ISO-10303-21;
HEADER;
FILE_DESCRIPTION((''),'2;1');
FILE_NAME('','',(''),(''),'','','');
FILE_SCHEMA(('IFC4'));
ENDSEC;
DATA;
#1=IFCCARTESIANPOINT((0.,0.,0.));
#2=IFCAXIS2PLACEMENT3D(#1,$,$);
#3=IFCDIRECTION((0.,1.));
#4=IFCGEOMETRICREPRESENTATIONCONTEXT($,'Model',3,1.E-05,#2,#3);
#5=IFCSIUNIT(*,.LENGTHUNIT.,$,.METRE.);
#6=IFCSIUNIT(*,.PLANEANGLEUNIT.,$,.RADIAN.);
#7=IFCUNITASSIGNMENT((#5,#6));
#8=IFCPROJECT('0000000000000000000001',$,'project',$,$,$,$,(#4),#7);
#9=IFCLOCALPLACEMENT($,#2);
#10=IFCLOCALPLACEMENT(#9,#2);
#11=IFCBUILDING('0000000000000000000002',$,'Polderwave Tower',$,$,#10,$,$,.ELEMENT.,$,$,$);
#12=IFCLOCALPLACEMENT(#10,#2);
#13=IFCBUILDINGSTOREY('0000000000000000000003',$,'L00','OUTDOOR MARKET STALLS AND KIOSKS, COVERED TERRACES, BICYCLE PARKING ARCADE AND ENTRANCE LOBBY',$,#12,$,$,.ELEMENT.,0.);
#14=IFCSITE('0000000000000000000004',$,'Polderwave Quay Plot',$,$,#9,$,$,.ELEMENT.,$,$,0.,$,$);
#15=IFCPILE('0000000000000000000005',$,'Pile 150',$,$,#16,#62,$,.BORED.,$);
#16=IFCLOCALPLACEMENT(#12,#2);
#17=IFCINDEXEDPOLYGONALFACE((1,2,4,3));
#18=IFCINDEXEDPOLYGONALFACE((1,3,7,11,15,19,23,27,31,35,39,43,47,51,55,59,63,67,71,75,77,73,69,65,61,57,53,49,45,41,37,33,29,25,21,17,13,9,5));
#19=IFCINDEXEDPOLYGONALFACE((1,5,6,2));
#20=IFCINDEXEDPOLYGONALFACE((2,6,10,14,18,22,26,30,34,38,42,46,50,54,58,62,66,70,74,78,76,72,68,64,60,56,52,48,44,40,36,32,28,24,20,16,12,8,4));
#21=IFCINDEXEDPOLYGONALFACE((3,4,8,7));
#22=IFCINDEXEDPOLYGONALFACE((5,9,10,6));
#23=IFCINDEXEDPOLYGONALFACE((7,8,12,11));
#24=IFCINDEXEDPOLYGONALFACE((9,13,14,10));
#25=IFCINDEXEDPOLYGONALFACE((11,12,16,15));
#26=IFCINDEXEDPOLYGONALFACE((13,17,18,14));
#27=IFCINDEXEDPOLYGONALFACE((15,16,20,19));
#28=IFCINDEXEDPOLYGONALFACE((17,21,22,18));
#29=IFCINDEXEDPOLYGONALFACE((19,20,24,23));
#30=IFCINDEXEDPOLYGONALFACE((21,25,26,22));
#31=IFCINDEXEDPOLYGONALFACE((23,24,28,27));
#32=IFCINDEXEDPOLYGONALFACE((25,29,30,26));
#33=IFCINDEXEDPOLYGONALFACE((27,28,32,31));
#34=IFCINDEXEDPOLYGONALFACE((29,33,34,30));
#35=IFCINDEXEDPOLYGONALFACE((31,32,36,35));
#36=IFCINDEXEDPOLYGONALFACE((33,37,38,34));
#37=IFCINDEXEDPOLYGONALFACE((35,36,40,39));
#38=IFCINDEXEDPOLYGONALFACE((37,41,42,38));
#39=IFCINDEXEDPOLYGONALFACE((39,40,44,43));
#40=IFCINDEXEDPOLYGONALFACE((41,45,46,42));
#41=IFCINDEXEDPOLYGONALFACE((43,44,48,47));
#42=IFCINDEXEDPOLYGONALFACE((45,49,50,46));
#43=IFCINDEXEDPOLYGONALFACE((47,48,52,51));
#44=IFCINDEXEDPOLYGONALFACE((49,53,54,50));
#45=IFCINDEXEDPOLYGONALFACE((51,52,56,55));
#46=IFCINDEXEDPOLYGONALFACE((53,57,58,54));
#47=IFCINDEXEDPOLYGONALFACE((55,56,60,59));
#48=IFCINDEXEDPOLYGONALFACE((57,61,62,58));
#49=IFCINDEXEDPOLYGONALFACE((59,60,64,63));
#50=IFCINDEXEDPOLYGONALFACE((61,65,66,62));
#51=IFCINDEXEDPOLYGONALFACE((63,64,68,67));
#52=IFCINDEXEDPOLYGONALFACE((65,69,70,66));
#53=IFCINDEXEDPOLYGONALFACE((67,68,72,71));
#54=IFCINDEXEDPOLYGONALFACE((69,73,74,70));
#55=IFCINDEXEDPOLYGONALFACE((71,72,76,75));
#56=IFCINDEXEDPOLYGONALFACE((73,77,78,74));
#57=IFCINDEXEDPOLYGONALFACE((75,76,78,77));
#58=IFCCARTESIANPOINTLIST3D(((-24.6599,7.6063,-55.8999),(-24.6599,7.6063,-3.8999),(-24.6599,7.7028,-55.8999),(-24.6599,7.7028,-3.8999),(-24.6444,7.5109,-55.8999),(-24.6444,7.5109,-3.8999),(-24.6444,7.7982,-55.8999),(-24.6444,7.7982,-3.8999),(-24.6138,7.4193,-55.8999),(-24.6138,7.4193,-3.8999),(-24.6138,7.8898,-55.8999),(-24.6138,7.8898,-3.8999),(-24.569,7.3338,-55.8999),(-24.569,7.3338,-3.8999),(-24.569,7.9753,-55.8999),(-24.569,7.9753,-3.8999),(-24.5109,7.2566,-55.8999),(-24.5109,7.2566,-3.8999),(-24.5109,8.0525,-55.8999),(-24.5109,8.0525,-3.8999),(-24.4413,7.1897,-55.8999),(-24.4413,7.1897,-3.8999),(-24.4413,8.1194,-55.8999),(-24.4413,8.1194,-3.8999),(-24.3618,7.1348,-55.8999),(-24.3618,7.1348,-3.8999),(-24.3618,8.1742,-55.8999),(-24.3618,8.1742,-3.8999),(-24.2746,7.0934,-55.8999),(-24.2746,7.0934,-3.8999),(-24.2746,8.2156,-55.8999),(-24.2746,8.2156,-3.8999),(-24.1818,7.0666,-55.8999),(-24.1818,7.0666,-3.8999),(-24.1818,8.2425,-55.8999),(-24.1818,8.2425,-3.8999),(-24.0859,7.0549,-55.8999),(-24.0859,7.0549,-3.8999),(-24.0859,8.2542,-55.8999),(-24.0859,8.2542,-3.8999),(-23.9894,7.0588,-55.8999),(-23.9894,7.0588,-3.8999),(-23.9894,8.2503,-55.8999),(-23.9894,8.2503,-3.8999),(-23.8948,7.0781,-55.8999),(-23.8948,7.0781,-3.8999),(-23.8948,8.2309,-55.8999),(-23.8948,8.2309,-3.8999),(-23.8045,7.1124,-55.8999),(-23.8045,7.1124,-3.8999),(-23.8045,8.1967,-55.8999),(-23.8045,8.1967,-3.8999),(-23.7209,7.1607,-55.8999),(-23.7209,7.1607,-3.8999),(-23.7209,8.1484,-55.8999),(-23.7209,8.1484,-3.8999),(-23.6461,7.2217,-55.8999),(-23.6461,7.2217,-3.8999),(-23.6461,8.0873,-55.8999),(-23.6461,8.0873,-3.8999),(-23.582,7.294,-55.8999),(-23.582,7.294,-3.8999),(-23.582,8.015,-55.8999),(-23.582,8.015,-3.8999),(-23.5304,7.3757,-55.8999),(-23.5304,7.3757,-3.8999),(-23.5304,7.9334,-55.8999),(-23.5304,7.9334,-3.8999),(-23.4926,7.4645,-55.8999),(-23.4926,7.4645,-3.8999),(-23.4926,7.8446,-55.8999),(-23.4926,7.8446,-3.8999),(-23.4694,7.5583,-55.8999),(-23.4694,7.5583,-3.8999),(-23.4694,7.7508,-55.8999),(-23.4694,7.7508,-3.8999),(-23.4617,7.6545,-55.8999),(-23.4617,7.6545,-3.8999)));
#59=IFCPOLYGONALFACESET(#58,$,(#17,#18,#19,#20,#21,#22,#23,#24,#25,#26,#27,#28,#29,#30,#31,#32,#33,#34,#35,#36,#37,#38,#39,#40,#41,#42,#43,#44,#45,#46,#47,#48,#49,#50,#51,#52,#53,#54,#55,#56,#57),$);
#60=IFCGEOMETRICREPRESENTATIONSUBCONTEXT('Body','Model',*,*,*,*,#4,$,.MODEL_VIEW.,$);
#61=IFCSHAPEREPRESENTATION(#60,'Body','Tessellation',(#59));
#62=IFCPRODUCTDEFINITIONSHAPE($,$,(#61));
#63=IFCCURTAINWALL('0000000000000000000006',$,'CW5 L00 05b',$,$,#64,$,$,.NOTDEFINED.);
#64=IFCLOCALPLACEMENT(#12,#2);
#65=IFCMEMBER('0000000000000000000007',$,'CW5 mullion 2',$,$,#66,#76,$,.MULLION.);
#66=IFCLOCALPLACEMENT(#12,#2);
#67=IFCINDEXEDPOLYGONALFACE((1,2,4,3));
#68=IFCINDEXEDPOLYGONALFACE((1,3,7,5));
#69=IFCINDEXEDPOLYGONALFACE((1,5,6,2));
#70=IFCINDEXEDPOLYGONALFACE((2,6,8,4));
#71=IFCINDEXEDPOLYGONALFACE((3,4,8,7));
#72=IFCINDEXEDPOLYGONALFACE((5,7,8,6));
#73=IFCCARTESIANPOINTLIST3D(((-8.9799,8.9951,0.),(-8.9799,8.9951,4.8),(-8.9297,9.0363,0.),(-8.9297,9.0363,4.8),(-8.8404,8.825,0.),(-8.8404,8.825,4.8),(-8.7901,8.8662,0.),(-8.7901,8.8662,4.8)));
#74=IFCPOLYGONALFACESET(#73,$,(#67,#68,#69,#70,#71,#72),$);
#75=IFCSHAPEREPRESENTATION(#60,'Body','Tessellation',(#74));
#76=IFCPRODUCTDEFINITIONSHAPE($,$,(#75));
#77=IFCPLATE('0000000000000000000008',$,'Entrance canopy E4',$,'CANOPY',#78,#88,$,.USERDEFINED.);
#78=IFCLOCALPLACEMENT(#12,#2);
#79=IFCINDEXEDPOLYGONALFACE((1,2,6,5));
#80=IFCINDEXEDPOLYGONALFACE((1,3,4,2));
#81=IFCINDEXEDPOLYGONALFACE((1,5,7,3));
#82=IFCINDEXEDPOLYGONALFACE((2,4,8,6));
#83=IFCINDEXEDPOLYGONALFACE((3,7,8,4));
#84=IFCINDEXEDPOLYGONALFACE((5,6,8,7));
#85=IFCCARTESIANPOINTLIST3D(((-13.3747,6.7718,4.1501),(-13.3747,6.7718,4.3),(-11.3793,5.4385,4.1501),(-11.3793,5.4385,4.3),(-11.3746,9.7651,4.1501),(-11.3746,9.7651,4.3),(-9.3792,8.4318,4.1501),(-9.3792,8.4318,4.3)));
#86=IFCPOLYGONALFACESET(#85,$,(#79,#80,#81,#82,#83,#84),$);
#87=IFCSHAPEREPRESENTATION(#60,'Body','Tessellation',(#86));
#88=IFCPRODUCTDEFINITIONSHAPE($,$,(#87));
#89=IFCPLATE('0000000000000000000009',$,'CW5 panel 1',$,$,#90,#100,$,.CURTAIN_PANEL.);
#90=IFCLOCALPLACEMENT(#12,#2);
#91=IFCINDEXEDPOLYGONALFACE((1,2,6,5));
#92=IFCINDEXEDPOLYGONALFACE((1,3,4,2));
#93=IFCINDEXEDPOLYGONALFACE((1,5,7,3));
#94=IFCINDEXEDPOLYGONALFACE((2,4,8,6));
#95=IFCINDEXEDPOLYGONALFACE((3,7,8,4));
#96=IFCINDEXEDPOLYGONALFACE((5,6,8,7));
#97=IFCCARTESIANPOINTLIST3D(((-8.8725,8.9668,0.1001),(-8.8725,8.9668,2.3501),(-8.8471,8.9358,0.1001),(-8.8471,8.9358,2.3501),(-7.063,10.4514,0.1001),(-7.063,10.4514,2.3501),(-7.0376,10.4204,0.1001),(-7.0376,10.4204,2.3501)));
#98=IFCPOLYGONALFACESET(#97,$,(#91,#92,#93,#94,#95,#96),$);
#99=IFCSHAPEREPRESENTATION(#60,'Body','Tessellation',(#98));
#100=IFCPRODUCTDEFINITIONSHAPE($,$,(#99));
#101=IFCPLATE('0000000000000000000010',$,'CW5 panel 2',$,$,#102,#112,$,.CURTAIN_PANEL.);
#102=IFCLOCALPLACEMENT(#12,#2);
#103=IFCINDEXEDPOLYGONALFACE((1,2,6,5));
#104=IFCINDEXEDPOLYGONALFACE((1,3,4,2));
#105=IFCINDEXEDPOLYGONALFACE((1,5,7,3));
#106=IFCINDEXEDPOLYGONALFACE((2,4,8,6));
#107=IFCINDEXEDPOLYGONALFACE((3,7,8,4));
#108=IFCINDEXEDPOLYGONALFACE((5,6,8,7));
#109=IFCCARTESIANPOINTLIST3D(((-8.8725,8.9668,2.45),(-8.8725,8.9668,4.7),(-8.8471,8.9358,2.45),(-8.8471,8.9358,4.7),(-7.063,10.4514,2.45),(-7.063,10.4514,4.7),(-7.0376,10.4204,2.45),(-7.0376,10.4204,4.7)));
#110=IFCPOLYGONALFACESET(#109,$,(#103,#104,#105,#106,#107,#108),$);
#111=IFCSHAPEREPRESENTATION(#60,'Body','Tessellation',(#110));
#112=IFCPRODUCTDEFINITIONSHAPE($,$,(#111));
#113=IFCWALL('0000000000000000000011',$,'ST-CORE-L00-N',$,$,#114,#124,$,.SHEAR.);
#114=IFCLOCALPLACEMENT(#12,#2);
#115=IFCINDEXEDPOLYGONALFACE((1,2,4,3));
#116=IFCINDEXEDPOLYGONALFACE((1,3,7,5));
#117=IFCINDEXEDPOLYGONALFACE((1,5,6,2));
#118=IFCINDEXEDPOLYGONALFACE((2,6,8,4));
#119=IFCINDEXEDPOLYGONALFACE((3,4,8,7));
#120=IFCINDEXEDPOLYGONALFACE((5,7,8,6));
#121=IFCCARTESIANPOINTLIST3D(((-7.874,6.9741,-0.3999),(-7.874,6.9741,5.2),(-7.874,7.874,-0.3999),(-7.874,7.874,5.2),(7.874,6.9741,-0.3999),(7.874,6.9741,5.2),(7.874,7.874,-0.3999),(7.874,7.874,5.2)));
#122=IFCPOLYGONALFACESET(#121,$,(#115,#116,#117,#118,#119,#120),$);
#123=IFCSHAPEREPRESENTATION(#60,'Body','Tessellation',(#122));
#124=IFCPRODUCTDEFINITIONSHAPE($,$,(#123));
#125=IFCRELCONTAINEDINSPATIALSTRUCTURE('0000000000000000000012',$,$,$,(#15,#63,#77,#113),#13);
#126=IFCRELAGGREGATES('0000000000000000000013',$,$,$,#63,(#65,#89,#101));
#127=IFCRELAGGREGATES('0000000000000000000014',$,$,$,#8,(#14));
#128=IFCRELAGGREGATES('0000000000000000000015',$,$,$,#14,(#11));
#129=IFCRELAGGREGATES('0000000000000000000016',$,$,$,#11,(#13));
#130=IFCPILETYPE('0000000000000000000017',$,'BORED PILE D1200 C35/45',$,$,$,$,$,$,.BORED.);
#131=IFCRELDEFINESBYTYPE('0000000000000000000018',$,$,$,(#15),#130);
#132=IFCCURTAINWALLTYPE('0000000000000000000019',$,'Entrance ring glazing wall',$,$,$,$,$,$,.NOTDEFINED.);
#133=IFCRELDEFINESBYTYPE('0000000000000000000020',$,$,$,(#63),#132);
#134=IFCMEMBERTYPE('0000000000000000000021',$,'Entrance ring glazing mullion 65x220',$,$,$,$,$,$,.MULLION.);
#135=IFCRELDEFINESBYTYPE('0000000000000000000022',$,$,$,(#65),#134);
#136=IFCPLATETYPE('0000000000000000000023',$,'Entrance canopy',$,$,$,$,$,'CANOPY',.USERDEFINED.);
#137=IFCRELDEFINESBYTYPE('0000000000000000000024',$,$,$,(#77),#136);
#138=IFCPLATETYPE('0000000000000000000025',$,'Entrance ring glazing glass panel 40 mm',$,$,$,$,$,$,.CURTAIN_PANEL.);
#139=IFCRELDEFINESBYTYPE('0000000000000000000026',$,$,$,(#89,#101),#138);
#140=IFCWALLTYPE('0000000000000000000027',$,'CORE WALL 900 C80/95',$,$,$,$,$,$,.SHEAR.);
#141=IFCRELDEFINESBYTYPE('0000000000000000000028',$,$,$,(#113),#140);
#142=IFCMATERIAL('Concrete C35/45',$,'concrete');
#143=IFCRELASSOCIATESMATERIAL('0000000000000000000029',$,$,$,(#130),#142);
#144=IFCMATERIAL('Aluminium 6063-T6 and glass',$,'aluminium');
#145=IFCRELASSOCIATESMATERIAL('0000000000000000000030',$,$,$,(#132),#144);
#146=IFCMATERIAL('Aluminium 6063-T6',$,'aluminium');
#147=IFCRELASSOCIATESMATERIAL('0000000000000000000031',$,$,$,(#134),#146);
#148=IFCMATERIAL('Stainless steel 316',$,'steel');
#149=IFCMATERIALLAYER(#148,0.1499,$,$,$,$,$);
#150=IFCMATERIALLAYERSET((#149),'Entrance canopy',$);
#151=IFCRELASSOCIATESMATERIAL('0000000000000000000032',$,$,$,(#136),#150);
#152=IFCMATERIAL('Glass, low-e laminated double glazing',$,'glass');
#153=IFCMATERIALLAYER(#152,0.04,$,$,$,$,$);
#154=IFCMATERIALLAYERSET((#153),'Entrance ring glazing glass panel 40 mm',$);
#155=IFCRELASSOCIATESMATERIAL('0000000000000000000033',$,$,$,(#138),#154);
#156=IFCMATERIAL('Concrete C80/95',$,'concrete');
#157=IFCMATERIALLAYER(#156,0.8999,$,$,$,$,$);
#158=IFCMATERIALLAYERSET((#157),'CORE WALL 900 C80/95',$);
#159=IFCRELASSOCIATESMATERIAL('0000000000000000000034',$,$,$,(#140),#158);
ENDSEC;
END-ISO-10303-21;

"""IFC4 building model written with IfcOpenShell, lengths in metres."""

from ifc_helpers import new_model, si_unit, direction, frame, frame_2d, origin, origin_2d, place, context, subcontext, project, spatial, rectangle, circle, extrude, material, layer, layer_set, material_profile, profile_set, type_object, element, aggregate, save


model = new_model("IFC4")

# Units and contexts
model_context = context("Model", 3, precision=1e-05, world=origin(), true_north=direction((0.0, 1.0)))
body_context = subcontext(model_context, "Body", "Model", "MODEL_VIEW")
ifc_project = project(units=[si_unit("LENGTHUNIT", "METRE"), si_unit("PLANEANGLEUNIT", "RADIAN")], contexts=[model_context])

# Site, building, storey
site_placement = place(None, origin())
site = spatial("IfcSite", under=ifc_project, at=site_placement, Name="Polderwave Quay Plot", CompositionType="ELEMENT", RefElevation=0.0)
building_placement = place(site_placement, origin())
building = spatial("IfcBuilding", under=site, at=building_placement, Name="Polderwave Tower", CompositionType="ELEMENT")
storey_placement = place(building_placement, origin())
storey = spatial("IfcBuildingStorey", under=building, at=storey_placement, Name="L00", Description="OUTDOOR MARKET STALLS AND KIOSKS, COVERED TERRACES, BICYCLE PARKING ARCADE AND ENTRANCE LOBBY", CompositionType="ELEMENT", Elevation=0.0)

# Pile
ifc_material_1 = material(Name="Concrete C35/45", Category="concrete")
ifc_material_profile_1 = material_profile(ifc_material_1, circle(Radius=0.6001, at=origin_2d()), Name="BORED D1200")
ifc_profile_set_1 = profile_set([ifc_material_profile_1], Name="Concrete C35/45")
pile_type = type_object("IfcPileType", Name="BORED PILE D1200 C35/45", PredefinedType="BORED", material=ifc_profile_set_1)
for number, where, z_axis, x_axis, name in (
    (1, (-24.0618, 7.6545, -3.8999), (0.0, 0.0, -1.0), (1.0, 0.0, 0.0), "Pile 150"),
):
    element("IfcPile", number, at=place(storey_placement, frame(where, z_axis=z_axis, x_axis=x_axis)), inside=storey, type_object=pile_type, Name=name, PredefinedType="BORED", context=body_context, shape_type="SweptSolid", body=[
        extrude(circle(Radius=0.6001, at=origin_2d()), origin(), (0.0, 0.0, 1.0), 52.0),
    ])

# Shared definitions
ifc_material_2 = material(Name="Concrete C80/95", Category="concrete")

# Curtain wall, member
ifc_material_3 = material(Name="Aluminium 6063-T6 and glass", Category="aluminium")
curtain_wall_type = type_object("IfcCurtainWallType", Name="Entrance ring glazing wall", PredefinedType="NOTDEFINED", material=ifc_material_3)
curtain_wall_placement = place(storey_placement, origin())
curtain_wall = element("IfcCurtainWall", 2, at=curtain_wall_placement, inside=storey, type_object=curtain_wall_type, Name="CW5 L00 05b", PredefinedType="NOTDEFINED")
ifc_material_4 = material(Name="Aluminium 6063-T6", Category="aluminium")
ifc_material_profile_2 = material_profile(ifc_material_4, rectangle(XDim=0.22, YDim=0.0649, at=origin_2d()), Name="AL 65x220")
ifc_profile_set_2 = profile_set([ifc_material_profile_2], Name="Aluminium 6063-T6")
member_type = type_object("IfcMemberType", Name="Entrance ring glazing mullion 65x220", PredefinedType="MULLION", material=ifc_profile_set_2)
member_placement = place(storey_placement, frame((-8.885, 8.9307, 0.0), z_axis=(0.0, 0.0, 1.0), x_axis=(0.634273, -0.773109, 0.0)))
member = element("IfcMember", 3, at=member_placement, type_object=member_type, Name="CW5 mullion 2", PredefinedType="MULLION", context=body_context, shape_type="SweptSolid", body=[
    extrude(rectangle(XDim=0.22, YDim=0.0649, at=origin_2d()), origin(), (0.0, 0.0, 1.0), 4.8),
])

# Plates
ifc_material_5 = material(Name="Stainless steel 316", Category="steel")
ifc_layer_1 = layer(ifc_material_5, 0.1499)
ifc_layer_set_1 = layer_set([ifc_layer_1], Name="Entrance canopy")
plate_type_1 = type_object("IfcPlateType", Name="Entrance canopy", ElementType="CANOPY", PredefinedType="USERDEFINED", material=ifc_layer_set_1)
plate_1_placement = place(storey_placement, frame((-11.377, 7.6018, 4.1501), z_axis=(0.0, 0.0, 1.0), x_axis=(-0.55557, -0.83147, 0.0)))
element("IfcPlate", 4, at=plate_1_placement, inside=storey, type_object=plate_type_1, Name="Entrance canopy E4", ObjectType="CANOPY", PredefinedType="USERDEFINED", context=body_context, shape_type="SweptSolid", body=[
    extrude(rectangle(XDim=3.6001, YDim=2.3999, at=origin_2d()), origin(), (0.0, 0.0, 1.0), 0.1499),
])
ifc_material_6 = material(Name="Glass, low-e laminated double glazing", Category="glass")
ifc_layer_2 = layer(ifc_material_6, 0.04)
ifc_layer_set_2 = layer_set([ifc_layer_2], Name="Entrance ring glazing glass panel 40 mm")
plate_type_2 = type_object("IfcPlateType", Name="Entrance ring glazing glass panel 40 mm", PredefinedType="CURTAIN_PANEL", material=ifc_layer_set_2)
plate_2_placement = place(storey_placement, frame((-7.9551, 9.6936, 0.1001), z_axis=(0.0, 0.0, 1.0), x_axis=(-0.773109, -0.634273, 0.0)))
plate_2 = element("IfcPlate", 5, at=plate_2_placement, type_object=plate_type_2, Name="CW5 panel 1", PredefinedType="CURTAIN_PANEL", context=body_context, shape_type="SweptSolid", body=[
    extrude(rectangle(XDim=2.3406, YDim=0.04, at=origin_2d()), origin(), (0.0, 0.0, 1.0), 2.25),
])
plate_3_placement = place(storey_placement, frame((-7.9551, 9.6936, 2.45), z_axis=(0.0, 0.0, 1.0), x_axis=(-0.773109, -0.634273, 0.0)))
plate_3 = element("IfcPlate", 6, at=plate_3_placement, type_object=plate_type_2, Name="CW5 panel 2", PredefinedType="CURTAIN_PANEL", context=body_context, shape_type="SweptSolid", body=[
    extrude(rectangle(XDim=2.3406, YDim=0.04, at=origin_2d()), origin(), (0.0, 0.0, 1.0), 2.25),
])
aggregate(curtain_wall, [member, plate_2, plate_3])

# Wall
ifc_layer_3 = layer(ifc_material_2, 0.8999)
ifc_layer_set_3 = layer_set([ifc_layer_3], Name="CORE WALL 900 C80/95")
wall_type = type_object("IfcWallType", Name="CORE WALL 900 C80/95", PredefinedType="SHEAR", material=ifc_layer_set_3)
wall_placement = place(storey_placement, frame((-7.874, 7.4241, -0.3999), z_axis=(0.0, 0.0, 1.0), x_axis=(1.0, 0.0, 0.0)))
element("IfcWall", 7, at=wall_placement, inside=storey, type_object=wall_type, Name="ST-CORE-L00-N", PredefinedType="SHEAR", context=body_context, shape_type="SweptSolid", body=[
    extrude(rectangle(XDim=15.748, YDim=0.8999, at=frame_2d((7.874, 0.0))), origin(), (0.0, 0.0, 1.0), 5.5999),
])

save(model, "model.ifc")
